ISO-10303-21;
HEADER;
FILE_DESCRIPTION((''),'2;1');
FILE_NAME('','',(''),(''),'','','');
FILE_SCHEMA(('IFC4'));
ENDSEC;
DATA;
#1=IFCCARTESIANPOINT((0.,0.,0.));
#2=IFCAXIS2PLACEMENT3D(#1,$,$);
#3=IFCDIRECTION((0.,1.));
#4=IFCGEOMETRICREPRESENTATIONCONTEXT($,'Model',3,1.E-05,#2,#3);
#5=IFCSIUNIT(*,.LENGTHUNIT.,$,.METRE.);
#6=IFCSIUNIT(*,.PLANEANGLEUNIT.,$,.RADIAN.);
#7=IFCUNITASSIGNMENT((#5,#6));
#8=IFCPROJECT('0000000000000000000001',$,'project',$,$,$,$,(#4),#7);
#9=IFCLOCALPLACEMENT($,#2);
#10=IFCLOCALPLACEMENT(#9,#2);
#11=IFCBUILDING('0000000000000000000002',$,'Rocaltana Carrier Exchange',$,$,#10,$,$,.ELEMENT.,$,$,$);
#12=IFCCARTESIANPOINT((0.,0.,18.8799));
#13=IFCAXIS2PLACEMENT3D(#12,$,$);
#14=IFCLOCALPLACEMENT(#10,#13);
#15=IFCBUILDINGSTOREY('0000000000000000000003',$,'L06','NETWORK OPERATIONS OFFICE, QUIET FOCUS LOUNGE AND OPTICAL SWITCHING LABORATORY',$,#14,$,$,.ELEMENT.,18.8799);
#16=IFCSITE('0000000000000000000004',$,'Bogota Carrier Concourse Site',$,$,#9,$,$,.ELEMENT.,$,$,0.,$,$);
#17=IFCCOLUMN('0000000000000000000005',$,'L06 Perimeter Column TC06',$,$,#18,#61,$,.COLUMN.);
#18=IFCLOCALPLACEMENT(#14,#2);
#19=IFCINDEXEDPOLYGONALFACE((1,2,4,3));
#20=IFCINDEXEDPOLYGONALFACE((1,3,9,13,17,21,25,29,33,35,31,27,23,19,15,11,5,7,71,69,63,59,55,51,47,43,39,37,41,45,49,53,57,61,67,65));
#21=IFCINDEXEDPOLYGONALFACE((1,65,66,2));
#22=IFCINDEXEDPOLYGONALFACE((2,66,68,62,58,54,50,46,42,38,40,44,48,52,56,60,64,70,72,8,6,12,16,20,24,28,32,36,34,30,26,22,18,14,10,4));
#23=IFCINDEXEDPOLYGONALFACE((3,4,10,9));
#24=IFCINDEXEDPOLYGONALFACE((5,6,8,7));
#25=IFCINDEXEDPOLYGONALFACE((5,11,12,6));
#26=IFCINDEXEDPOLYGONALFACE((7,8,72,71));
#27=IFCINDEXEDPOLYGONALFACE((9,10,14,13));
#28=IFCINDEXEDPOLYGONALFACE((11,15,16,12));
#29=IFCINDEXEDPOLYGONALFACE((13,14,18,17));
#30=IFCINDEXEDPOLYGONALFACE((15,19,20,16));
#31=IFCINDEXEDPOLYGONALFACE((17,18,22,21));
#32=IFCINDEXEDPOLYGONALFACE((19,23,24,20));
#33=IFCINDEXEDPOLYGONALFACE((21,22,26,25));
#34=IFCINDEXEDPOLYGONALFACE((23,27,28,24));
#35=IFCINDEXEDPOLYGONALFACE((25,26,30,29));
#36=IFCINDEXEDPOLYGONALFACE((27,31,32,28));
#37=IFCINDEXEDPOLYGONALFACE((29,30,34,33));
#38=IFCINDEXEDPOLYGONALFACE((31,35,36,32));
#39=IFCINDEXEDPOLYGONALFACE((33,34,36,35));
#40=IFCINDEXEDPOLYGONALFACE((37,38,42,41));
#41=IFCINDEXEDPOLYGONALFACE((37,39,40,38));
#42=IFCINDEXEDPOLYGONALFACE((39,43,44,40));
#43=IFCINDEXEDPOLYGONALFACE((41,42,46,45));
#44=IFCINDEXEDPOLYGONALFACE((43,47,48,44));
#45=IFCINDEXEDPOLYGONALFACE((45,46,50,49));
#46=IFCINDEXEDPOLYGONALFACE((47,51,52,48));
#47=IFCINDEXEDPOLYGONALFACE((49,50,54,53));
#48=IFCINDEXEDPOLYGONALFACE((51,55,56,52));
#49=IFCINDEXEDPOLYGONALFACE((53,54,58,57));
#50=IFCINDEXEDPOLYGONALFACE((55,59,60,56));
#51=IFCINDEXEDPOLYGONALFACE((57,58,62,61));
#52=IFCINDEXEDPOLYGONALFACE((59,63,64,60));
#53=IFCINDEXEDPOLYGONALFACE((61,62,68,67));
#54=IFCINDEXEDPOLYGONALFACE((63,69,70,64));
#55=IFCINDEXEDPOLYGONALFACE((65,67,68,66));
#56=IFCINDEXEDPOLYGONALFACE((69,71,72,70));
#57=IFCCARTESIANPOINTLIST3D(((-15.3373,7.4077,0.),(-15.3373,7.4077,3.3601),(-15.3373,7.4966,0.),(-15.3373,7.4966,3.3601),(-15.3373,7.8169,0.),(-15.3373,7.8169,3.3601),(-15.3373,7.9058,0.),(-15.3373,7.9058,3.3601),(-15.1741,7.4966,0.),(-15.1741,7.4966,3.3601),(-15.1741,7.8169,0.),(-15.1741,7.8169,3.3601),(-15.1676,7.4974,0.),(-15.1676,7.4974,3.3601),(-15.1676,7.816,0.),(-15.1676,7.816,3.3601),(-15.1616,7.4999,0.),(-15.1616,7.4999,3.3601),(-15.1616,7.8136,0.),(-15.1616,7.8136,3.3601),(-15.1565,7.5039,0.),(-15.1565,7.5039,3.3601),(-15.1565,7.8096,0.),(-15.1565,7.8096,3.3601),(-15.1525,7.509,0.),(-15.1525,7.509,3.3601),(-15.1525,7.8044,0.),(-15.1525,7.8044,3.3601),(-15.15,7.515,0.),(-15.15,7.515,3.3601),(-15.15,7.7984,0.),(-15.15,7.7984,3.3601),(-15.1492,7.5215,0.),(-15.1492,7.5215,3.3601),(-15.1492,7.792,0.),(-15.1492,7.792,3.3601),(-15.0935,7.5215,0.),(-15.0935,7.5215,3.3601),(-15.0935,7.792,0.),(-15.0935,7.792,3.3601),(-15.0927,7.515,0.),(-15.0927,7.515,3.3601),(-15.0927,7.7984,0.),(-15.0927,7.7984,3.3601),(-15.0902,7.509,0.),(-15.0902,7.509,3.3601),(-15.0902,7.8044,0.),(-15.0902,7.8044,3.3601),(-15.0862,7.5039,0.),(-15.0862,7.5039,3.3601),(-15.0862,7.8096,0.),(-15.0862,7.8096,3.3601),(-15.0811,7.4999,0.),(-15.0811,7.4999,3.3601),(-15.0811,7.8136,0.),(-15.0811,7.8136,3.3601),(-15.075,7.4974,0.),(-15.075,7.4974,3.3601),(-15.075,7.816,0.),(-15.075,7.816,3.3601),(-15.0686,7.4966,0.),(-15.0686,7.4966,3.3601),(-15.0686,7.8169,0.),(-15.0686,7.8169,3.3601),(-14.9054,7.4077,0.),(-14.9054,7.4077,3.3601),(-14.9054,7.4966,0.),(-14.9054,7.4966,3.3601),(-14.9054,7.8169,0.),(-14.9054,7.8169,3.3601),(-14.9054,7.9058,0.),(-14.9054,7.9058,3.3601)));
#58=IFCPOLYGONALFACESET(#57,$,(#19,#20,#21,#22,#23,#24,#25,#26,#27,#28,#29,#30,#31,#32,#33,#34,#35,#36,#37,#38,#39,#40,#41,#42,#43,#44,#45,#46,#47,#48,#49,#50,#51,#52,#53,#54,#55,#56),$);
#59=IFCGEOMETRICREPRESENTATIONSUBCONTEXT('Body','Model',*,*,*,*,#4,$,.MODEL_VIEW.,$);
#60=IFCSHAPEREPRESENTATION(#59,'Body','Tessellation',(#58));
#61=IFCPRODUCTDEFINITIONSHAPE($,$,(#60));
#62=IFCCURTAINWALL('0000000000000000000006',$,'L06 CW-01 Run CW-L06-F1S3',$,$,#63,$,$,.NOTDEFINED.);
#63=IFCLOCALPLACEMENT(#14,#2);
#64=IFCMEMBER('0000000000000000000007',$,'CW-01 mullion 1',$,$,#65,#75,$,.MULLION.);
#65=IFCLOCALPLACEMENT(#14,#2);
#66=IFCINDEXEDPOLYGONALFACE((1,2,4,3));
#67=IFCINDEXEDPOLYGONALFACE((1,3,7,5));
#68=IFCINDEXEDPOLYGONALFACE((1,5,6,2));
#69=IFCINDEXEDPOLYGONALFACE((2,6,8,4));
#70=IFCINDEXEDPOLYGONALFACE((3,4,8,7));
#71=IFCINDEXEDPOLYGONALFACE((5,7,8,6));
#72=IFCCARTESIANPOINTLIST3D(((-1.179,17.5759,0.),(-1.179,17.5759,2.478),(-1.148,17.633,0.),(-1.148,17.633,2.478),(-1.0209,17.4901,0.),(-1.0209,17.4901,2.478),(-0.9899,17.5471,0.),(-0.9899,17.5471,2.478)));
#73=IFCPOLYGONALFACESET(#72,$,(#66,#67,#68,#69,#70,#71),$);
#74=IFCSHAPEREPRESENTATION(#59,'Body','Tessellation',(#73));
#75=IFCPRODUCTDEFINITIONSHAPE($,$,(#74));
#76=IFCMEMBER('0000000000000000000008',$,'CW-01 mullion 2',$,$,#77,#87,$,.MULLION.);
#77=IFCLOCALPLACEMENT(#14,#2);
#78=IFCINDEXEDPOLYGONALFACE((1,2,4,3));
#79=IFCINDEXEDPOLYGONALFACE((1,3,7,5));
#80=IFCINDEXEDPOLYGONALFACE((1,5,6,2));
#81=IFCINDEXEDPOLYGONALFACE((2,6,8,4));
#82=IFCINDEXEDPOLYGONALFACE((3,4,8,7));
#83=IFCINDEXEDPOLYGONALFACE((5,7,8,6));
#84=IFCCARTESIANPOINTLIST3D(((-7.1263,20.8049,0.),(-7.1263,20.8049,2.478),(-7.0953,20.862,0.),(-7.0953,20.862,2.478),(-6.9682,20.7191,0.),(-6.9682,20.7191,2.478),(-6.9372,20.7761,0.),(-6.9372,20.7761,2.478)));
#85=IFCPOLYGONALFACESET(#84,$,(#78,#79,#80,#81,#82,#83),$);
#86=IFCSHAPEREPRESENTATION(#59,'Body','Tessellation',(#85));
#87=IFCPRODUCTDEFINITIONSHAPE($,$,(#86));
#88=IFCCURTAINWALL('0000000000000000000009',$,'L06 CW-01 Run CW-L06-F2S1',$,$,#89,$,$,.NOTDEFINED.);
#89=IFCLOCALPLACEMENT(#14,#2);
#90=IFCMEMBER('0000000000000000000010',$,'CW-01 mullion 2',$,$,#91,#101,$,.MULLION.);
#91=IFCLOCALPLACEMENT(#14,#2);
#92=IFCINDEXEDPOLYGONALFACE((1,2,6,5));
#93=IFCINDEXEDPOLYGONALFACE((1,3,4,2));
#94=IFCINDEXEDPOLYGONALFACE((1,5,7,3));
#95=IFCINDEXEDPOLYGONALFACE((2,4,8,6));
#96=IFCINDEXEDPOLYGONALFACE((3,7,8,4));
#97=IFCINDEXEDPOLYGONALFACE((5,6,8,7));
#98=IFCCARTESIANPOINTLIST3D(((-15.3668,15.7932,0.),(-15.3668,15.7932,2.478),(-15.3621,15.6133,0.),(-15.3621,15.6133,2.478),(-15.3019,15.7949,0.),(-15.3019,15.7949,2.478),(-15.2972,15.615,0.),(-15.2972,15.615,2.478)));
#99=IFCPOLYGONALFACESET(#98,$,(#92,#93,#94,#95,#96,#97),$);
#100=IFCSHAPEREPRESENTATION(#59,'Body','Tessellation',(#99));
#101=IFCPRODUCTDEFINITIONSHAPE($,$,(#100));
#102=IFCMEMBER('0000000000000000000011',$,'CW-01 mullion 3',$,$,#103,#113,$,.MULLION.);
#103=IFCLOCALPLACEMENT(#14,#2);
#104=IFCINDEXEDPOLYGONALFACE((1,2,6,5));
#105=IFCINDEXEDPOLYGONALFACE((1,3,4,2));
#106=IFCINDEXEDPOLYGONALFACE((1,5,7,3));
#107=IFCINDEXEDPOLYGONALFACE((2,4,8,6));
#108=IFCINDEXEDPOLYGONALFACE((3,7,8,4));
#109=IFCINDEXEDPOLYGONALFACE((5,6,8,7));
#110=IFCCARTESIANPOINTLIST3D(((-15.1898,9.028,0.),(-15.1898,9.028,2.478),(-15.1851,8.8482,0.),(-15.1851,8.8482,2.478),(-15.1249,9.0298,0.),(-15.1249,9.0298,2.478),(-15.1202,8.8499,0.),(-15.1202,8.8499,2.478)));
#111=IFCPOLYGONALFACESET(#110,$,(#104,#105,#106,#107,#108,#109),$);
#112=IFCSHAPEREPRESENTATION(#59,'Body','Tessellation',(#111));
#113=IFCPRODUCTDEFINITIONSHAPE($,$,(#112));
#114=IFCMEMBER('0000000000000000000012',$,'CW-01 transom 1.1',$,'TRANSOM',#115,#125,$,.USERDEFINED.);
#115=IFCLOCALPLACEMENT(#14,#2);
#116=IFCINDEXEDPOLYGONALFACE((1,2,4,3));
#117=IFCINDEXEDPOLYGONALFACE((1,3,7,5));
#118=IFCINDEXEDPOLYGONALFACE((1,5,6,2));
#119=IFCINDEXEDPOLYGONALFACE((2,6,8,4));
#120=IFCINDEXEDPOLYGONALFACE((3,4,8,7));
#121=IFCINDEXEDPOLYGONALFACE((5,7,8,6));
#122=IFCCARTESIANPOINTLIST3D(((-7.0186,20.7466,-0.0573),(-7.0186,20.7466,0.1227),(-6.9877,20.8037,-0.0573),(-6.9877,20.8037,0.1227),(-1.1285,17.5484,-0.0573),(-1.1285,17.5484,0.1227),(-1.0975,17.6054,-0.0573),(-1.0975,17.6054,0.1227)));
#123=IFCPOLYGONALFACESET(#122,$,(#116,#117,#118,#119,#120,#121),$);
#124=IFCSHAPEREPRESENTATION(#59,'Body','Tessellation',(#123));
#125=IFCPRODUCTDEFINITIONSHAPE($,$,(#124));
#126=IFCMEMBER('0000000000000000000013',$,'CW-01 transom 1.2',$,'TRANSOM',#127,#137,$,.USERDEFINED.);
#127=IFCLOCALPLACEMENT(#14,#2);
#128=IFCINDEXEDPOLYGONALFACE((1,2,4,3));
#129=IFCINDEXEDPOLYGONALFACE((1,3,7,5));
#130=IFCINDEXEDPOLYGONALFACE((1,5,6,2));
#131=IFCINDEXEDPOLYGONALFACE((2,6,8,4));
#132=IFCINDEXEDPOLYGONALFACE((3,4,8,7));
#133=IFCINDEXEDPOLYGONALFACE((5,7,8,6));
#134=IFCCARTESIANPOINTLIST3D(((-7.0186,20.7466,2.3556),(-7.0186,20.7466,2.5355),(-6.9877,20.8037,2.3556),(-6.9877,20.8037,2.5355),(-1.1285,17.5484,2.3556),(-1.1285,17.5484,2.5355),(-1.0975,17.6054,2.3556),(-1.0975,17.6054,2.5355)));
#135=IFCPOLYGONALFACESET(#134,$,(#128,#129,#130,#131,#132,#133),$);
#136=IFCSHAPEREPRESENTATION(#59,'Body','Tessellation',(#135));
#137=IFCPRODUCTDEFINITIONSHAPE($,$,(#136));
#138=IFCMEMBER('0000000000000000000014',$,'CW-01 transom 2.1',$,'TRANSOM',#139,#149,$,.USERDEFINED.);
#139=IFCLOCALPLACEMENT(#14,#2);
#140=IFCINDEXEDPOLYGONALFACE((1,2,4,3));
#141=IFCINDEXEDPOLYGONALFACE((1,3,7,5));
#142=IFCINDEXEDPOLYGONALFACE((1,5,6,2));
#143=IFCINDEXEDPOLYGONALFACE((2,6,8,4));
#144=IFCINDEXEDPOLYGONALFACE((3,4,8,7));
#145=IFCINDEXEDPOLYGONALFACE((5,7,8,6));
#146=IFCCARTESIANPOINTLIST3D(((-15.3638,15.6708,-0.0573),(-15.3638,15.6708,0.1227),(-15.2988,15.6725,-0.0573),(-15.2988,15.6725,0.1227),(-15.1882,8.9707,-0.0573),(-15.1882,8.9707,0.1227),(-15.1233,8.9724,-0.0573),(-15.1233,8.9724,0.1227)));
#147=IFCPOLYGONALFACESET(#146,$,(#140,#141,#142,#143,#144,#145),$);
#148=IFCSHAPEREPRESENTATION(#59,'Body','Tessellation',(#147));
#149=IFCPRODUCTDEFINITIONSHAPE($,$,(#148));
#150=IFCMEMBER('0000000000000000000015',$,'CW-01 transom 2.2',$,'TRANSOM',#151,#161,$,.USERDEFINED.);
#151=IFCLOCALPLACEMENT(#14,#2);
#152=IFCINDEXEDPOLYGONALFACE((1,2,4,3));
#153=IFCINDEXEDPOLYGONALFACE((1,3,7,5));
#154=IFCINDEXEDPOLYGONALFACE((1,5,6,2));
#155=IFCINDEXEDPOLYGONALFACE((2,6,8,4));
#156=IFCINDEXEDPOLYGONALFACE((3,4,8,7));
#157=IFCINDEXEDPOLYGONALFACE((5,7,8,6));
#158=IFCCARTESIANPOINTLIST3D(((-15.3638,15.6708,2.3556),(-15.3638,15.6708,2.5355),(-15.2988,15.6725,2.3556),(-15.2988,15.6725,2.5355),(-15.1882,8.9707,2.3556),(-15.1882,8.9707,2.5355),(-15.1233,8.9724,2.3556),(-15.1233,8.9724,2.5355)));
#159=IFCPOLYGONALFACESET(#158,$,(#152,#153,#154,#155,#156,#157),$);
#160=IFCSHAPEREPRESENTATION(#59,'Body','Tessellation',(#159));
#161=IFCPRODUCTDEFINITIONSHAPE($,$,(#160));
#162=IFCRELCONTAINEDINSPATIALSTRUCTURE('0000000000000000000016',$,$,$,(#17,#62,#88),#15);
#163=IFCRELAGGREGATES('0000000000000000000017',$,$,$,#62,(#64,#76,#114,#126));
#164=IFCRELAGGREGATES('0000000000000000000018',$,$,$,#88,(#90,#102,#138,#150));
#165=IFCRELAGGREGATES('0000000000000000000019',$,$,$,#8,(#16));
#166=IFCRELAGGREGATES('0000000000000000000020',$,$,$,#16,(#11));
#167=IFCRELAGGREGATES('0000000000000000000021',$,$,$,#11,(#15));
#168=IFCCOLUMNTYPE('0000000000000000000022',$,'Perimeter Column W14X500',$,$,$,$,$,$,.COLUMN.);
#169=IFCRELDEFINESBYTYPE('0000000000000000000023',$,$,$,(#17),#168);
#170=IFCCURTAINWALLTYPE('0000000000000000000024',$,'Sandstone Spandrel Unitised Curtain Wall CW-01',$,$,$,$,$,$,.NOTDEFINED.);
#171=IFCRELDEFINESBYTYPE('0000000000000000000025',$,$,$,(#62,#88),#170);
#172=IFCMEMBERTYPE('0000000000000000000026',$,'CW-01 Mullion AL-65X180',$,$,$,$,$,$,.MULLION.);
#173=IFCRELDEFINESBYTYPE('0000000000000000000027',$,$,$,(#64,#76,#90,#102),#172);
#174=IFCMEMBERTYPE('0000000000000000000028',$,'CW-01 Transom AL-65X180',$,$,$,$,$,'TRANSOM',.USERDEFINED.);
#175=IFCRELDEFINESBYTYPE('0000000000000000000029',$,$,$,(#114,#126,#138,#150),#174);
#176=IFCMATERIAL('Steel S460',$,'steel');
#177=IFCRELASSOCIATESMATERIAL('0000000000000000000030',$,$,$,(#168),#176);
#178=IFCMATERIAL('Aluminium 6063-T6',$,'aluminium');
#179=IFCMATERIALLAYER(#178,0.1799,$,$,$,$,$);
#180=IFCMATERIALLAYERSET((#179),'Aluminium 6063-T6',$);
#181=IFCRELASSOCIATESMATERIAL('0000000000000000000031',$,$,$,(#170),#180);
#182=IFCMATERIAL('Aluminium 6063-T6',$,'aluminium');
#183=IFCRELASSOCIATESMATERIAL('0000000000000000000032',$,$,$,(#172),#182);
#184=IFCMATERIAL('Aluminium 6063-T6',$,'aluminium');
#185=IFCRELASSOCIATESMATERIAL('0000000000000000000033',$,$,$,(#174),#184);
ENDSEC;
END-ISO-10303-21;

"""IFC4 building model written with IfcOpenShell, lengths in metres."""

from ifc_helpers import new_model, si_unit, direction, frame, origin, origin_2d, place, context, subcontext, project, spatial, rectangle, i_section, extrude, material, layer, layer_set, material_profile, profile_set, type_object, element, aggregate, save


model = new_model("IFC4")

# Units and contexts
model_context = context("Model", 3, precision=1e-05, world=origin(), true_north=direction((0.0, 1.0)))
body_context = subcontext(model_context, "Body", "Model", "MODEL_VIEW")
ifc_project = project(units=[si_unit("LENGTHUNIT", "METRE"), si_unit("PLANEANGLEUNIT", "RADIAN")], contexts=[model_context])

# Site, building, storey
site_placement = place(None, origin())
site = spatial("IfcSite", under=ifc_project, at=site_placement, Name="Bogota Carrier Concourse Site", CompositionType="ELEMENT", RefElevation=0.0)
building_placement = place(site_placement, origin())
building = spatial("IfcBuilding", under=site, at=building_placement, Name="Rocaltana Carrier Exchange", CompositionType="ELEMENT")
storey_placement = place(building_placement, frame((0.0, 0.0, 18.8799)))
storey = spatial("IfcBuildingStorey", under=building, at=storey_placement, Name="L06", Description="NETWORK OPERATIONS OFFICE, QUIET FOCUS LOUNGE AND OPTICAL SWITCHING LABORATORY", CompositionType="ELEMENT", Elevation=18.8799)

# Column
ifc_material_1 = material(Name="Steel S460", Category="steel")
ifc_material_profile_1 = material_profile(ifc_material_1, i_section(OverallWidth=0.4319, OverallDepth=0.498, WebThickness=0.0557, FlangeThickness=0.0889, FilletRadius=0.0249, at=origin_2d()), Name="W14X500")
ifc_profile_set_1 = profile_set([ifc_material_profile_1], Name="Steel S460")
column_type = type_object("IfcColumnType", Name="Perimeter Column W14X500", PredefinedType="COLUMN", material=ifc_profile_set_1)
column_placement = place(storey_placement, frame((-15.1213, 7.6567, 0.0), z_axis=(0.0, 0.0, 1.0), x_axis=(1.0, 0.0, 0.0)))
element("IfcColumn", 1, at=column_placement, inside=storey, type_object=column_type, Name="L06 Perimeter Column TC06", PredefinedType="COLUMN", context=body_context, shape_type="SweptSolid", body=[
    extrude(i_section(OverallWidth=0.4319, OverallDepth=0.498, WebThickness=0.0557, FlangeThickness=0.0889, FilletRadius=0.0249, at=origin_2d()), origin(), (0.0, 0.0, 1.0), 3.3601),
])

# Curtain walls, members
ifc_material_2 = material(Name="Aluminium 6063-T6", Category="aluminium")
ifc_layer_1 = layer(ifc_material_2, 0.1799)
ifc_layer_set_1 = layer_set([ifc_layer_1], Name="Aluminium 6063-T6")
curtain_wall_type = type_object("IfcCurtainWallType", Name="Sandstone Spandrel Unitised Curtain Wall CW-01", PredefinedType="NOTDEFINED", material=ifc_layer_set_1)
curtain_wall_1_placement = place(storey_placement, origin())
curtain_wall_1 = element("IfcCurtainWall", 2, at=curtain_wall_1_placement, inside=storey, type_object=curtain_wall_type, Name="L06 CW-01 Run CW-L06-F1S3", PredefinedType="NOTDEFINED")
ifc_material_3 = material(Name="Aluminium 6063-T6", Category="aluminium")
ifc_material_profile_2 = material_profile(ifc_material_3, rectangle(XDim=0.0649, YDim=0.1799, at=origin_2d()), Name="AL-65X180")
ifc_profile_set_2 = profile_set([ifc_material_profile_2], Name="Aluminium 6063-T6")
member_type_1 = type_object("IfcMemberType", Name="CW-01 Mullion AL-65X180", PredefinedType="MULLION", material=ifc_profile_set_2)
member_1_placement = place(storey_placement, frame((-1.0845, 17.5615, 0.0), z_axis=(0.0, 0.0, 1.0), x_axis=(-0.477156, -0.878819, 0.0)))
member_1 = element("IfcMember", 3, at=member_1_placement, type_object=member_type_1, Name="CW-01 mullion 1", PredefinedType="MULLION", context=body_context, shape_type="SweptSolid", body=[
    extrude(rectangle(XDim=0.0649, YDim=0.1799, at=origin_2d()), origin(), (0.0, 0.0, 1.0), 2.478),
])
member_2_placement = place(storey_placement, frame((-7.0317, 20.7905, 0.0), z_axis=(0.0, 0.0, 1.0), x_axis=(-0.477156, -0.878819, 0.0)))
member_2 = element("IfcMember", 4, at=member_2_placement, type_object=member_type_1, Name="CW-01 mullion 2", PredefinedType="MULLION", context=body_context, shape_type="SweptSolid", body=[
    extrude(rectangle(XDim=0.0649, YDim=0.1799, at=origin_2d()), origin(), (0.0, 0.0, 1.0), 2.478),
])
curtain_wall_2_placement = place(storey_placement, origin())
curtain_wall_2 = element("IfcCurtainWall", 5, at=curtain_wall_2_placement, inside=storey, type_object=curtain_wall_type, Name="L06 CW-01 Run CW-L06-F2S1", PredefinedType="NOTDEFINED")
member_3_placement = place(storey_placement, frame((-15.332, 15.7041, 0.0), z_axis=(0.0, 0.0, 1.0), x_axis=(0.999657, 0.026184, 0.0)))
member_3 = element("IfcMember", 6, at=member_3_placement, type_object=member_type_1, Name="CW-01 mullion 2", PredefinedType="MULLION", context=body_context, shape_type="SweptSolid", body=[
    extrude(rectangle(XDim=0.0649, YDim=0.1799, at=origin_2d()), origin(), (0.0, 0.0, 1.0), 2.478),
])
member_4_placement = place(storey_placement, frame((-15.155, 8.939, 0.0), z_axis=(0.0, 0.0, 1.0), x_axis=(0.999657, 0.026184, 0.0)))
member_4 = element("IfcMember", 7, at=member_4_placement, type_object=member_type_1, Name="CW-01 mullion 3", PredefinedType="MULLION", context=body_context, shape_type="SweptSolid", body=[
    extrude(rectangle(XDim=0.0649, YDim=0.1799, at=origin_2d()), origin(), (0.0, 0.0, 1.0), 2.478),
])

# Members
ifc_material_4 = material(Name="Aluminium 6063-T6", Category="aluminium")
ifc_material_profile_3 = material_profile(ifc_material_4, rectangle(XDim=0.0649, YDim=0.1799, at=origin_2d()), Name="AL-65X180")
ifc_profile_set_3 = profile_set([ifc_material_profile_3], Name="Aluminium 6063-T6")
member_type_2 = type_object("IfcMemberType", Name="CW-01 Transom AL-65X180", ElementType="TRANSOM", PredefinedType="USERDEFINED", material=ifc_profile_set_3)
member_5_placement = place(storey_placement, frame((-1.113, 17.5769, 0.0327), z_axis=(-0.878807, 0.477177, 0.0), x_axis=(-0.477177, -0.878807, 0.0)))
member_5 = element("IfcMember", 8, at=member_5_placement, type_object=member_type_2, Name="CW-01 transom 1.1", ObjectType="TRANSOM", PredefinedType="USERDEFINED", context=body_context, shape_type="SweptSolid", body=[
    extrude(rectangle(XDim=0.0649, YDim=0.1799, at=origin_2d()), origin(), (0.0, 0.0, 1.0), 6.7024),
])
member_6_placement = place(storey_placement, frame((-1.113, 17.5769, 2.4456), z_axis=(-0.878807, 0.477177, 0.0), x_axis=(-0.477177, -0.878807, 0.0)))
member_6 = element("IfcMember", 9, at=member_6_placement, type_object=member_type_2, Name="CW-01 transom 1.2", ObjectType="TRANSOM", PredefinedType="USERDEFINED", context=body_context, shape_type="SweptSolid", body=[
    extrude(rectangle(XDim=0.0649, YDim=0.1799, at=origin_2d()), origin(), (0.0, 0.0, 1.0), 6.7024),
])
member_7_placement = place(storey_placement, frame((-15.3313, 15.6716, 0.0327), z_axis=(0.02619, -0.999657, 0.0), x_axis=(0.999657, 0.02619, 0.0)))
member_7 = element("IfcMember", 10, at=member_7_placement, type_object=member_type_2, Name="CW-01 transom 2.1", ObjectType="TRANSOM", PredefinedType="USERDEFINED", context=body_context, shape_type="SweptSolid", body=[
    extrude(rectangle(XDim=0.0649, YDim=0.1799, at=origin_2d()), origin(), (0.0, 0.0, 1.0), 6.7024),
])
member_8_placement = place(storey_placement, frame((-15.3313, 15.6716, 2.4456), z_axis=(0.02619, -0.999657, 0.0), x_axis=(0.999657, 0.02619, 0.0)))
member_8 = element("IfcMember", 11, at=member_8_placement, type_object=member_type_2, Name="CW-01 transom 2.2", ObjectType="TRANSOM", PredefinedType="USERDEFINED", context=body_context, shape_type="SweptSolid", body=[
    extrude(rectangle(XDim=0.0649, YDim=0.1799, at=origin_2d()), origin(), (0.0, 0.0, 1.0), 6.7024),
])

aggregate(curtain_wall_1, [member_1, member_2, member_5, member_6])
aggregate(curtain_wall_2, [member_3, member_4, member_7, member_8])

save(model, "model.ifc")
